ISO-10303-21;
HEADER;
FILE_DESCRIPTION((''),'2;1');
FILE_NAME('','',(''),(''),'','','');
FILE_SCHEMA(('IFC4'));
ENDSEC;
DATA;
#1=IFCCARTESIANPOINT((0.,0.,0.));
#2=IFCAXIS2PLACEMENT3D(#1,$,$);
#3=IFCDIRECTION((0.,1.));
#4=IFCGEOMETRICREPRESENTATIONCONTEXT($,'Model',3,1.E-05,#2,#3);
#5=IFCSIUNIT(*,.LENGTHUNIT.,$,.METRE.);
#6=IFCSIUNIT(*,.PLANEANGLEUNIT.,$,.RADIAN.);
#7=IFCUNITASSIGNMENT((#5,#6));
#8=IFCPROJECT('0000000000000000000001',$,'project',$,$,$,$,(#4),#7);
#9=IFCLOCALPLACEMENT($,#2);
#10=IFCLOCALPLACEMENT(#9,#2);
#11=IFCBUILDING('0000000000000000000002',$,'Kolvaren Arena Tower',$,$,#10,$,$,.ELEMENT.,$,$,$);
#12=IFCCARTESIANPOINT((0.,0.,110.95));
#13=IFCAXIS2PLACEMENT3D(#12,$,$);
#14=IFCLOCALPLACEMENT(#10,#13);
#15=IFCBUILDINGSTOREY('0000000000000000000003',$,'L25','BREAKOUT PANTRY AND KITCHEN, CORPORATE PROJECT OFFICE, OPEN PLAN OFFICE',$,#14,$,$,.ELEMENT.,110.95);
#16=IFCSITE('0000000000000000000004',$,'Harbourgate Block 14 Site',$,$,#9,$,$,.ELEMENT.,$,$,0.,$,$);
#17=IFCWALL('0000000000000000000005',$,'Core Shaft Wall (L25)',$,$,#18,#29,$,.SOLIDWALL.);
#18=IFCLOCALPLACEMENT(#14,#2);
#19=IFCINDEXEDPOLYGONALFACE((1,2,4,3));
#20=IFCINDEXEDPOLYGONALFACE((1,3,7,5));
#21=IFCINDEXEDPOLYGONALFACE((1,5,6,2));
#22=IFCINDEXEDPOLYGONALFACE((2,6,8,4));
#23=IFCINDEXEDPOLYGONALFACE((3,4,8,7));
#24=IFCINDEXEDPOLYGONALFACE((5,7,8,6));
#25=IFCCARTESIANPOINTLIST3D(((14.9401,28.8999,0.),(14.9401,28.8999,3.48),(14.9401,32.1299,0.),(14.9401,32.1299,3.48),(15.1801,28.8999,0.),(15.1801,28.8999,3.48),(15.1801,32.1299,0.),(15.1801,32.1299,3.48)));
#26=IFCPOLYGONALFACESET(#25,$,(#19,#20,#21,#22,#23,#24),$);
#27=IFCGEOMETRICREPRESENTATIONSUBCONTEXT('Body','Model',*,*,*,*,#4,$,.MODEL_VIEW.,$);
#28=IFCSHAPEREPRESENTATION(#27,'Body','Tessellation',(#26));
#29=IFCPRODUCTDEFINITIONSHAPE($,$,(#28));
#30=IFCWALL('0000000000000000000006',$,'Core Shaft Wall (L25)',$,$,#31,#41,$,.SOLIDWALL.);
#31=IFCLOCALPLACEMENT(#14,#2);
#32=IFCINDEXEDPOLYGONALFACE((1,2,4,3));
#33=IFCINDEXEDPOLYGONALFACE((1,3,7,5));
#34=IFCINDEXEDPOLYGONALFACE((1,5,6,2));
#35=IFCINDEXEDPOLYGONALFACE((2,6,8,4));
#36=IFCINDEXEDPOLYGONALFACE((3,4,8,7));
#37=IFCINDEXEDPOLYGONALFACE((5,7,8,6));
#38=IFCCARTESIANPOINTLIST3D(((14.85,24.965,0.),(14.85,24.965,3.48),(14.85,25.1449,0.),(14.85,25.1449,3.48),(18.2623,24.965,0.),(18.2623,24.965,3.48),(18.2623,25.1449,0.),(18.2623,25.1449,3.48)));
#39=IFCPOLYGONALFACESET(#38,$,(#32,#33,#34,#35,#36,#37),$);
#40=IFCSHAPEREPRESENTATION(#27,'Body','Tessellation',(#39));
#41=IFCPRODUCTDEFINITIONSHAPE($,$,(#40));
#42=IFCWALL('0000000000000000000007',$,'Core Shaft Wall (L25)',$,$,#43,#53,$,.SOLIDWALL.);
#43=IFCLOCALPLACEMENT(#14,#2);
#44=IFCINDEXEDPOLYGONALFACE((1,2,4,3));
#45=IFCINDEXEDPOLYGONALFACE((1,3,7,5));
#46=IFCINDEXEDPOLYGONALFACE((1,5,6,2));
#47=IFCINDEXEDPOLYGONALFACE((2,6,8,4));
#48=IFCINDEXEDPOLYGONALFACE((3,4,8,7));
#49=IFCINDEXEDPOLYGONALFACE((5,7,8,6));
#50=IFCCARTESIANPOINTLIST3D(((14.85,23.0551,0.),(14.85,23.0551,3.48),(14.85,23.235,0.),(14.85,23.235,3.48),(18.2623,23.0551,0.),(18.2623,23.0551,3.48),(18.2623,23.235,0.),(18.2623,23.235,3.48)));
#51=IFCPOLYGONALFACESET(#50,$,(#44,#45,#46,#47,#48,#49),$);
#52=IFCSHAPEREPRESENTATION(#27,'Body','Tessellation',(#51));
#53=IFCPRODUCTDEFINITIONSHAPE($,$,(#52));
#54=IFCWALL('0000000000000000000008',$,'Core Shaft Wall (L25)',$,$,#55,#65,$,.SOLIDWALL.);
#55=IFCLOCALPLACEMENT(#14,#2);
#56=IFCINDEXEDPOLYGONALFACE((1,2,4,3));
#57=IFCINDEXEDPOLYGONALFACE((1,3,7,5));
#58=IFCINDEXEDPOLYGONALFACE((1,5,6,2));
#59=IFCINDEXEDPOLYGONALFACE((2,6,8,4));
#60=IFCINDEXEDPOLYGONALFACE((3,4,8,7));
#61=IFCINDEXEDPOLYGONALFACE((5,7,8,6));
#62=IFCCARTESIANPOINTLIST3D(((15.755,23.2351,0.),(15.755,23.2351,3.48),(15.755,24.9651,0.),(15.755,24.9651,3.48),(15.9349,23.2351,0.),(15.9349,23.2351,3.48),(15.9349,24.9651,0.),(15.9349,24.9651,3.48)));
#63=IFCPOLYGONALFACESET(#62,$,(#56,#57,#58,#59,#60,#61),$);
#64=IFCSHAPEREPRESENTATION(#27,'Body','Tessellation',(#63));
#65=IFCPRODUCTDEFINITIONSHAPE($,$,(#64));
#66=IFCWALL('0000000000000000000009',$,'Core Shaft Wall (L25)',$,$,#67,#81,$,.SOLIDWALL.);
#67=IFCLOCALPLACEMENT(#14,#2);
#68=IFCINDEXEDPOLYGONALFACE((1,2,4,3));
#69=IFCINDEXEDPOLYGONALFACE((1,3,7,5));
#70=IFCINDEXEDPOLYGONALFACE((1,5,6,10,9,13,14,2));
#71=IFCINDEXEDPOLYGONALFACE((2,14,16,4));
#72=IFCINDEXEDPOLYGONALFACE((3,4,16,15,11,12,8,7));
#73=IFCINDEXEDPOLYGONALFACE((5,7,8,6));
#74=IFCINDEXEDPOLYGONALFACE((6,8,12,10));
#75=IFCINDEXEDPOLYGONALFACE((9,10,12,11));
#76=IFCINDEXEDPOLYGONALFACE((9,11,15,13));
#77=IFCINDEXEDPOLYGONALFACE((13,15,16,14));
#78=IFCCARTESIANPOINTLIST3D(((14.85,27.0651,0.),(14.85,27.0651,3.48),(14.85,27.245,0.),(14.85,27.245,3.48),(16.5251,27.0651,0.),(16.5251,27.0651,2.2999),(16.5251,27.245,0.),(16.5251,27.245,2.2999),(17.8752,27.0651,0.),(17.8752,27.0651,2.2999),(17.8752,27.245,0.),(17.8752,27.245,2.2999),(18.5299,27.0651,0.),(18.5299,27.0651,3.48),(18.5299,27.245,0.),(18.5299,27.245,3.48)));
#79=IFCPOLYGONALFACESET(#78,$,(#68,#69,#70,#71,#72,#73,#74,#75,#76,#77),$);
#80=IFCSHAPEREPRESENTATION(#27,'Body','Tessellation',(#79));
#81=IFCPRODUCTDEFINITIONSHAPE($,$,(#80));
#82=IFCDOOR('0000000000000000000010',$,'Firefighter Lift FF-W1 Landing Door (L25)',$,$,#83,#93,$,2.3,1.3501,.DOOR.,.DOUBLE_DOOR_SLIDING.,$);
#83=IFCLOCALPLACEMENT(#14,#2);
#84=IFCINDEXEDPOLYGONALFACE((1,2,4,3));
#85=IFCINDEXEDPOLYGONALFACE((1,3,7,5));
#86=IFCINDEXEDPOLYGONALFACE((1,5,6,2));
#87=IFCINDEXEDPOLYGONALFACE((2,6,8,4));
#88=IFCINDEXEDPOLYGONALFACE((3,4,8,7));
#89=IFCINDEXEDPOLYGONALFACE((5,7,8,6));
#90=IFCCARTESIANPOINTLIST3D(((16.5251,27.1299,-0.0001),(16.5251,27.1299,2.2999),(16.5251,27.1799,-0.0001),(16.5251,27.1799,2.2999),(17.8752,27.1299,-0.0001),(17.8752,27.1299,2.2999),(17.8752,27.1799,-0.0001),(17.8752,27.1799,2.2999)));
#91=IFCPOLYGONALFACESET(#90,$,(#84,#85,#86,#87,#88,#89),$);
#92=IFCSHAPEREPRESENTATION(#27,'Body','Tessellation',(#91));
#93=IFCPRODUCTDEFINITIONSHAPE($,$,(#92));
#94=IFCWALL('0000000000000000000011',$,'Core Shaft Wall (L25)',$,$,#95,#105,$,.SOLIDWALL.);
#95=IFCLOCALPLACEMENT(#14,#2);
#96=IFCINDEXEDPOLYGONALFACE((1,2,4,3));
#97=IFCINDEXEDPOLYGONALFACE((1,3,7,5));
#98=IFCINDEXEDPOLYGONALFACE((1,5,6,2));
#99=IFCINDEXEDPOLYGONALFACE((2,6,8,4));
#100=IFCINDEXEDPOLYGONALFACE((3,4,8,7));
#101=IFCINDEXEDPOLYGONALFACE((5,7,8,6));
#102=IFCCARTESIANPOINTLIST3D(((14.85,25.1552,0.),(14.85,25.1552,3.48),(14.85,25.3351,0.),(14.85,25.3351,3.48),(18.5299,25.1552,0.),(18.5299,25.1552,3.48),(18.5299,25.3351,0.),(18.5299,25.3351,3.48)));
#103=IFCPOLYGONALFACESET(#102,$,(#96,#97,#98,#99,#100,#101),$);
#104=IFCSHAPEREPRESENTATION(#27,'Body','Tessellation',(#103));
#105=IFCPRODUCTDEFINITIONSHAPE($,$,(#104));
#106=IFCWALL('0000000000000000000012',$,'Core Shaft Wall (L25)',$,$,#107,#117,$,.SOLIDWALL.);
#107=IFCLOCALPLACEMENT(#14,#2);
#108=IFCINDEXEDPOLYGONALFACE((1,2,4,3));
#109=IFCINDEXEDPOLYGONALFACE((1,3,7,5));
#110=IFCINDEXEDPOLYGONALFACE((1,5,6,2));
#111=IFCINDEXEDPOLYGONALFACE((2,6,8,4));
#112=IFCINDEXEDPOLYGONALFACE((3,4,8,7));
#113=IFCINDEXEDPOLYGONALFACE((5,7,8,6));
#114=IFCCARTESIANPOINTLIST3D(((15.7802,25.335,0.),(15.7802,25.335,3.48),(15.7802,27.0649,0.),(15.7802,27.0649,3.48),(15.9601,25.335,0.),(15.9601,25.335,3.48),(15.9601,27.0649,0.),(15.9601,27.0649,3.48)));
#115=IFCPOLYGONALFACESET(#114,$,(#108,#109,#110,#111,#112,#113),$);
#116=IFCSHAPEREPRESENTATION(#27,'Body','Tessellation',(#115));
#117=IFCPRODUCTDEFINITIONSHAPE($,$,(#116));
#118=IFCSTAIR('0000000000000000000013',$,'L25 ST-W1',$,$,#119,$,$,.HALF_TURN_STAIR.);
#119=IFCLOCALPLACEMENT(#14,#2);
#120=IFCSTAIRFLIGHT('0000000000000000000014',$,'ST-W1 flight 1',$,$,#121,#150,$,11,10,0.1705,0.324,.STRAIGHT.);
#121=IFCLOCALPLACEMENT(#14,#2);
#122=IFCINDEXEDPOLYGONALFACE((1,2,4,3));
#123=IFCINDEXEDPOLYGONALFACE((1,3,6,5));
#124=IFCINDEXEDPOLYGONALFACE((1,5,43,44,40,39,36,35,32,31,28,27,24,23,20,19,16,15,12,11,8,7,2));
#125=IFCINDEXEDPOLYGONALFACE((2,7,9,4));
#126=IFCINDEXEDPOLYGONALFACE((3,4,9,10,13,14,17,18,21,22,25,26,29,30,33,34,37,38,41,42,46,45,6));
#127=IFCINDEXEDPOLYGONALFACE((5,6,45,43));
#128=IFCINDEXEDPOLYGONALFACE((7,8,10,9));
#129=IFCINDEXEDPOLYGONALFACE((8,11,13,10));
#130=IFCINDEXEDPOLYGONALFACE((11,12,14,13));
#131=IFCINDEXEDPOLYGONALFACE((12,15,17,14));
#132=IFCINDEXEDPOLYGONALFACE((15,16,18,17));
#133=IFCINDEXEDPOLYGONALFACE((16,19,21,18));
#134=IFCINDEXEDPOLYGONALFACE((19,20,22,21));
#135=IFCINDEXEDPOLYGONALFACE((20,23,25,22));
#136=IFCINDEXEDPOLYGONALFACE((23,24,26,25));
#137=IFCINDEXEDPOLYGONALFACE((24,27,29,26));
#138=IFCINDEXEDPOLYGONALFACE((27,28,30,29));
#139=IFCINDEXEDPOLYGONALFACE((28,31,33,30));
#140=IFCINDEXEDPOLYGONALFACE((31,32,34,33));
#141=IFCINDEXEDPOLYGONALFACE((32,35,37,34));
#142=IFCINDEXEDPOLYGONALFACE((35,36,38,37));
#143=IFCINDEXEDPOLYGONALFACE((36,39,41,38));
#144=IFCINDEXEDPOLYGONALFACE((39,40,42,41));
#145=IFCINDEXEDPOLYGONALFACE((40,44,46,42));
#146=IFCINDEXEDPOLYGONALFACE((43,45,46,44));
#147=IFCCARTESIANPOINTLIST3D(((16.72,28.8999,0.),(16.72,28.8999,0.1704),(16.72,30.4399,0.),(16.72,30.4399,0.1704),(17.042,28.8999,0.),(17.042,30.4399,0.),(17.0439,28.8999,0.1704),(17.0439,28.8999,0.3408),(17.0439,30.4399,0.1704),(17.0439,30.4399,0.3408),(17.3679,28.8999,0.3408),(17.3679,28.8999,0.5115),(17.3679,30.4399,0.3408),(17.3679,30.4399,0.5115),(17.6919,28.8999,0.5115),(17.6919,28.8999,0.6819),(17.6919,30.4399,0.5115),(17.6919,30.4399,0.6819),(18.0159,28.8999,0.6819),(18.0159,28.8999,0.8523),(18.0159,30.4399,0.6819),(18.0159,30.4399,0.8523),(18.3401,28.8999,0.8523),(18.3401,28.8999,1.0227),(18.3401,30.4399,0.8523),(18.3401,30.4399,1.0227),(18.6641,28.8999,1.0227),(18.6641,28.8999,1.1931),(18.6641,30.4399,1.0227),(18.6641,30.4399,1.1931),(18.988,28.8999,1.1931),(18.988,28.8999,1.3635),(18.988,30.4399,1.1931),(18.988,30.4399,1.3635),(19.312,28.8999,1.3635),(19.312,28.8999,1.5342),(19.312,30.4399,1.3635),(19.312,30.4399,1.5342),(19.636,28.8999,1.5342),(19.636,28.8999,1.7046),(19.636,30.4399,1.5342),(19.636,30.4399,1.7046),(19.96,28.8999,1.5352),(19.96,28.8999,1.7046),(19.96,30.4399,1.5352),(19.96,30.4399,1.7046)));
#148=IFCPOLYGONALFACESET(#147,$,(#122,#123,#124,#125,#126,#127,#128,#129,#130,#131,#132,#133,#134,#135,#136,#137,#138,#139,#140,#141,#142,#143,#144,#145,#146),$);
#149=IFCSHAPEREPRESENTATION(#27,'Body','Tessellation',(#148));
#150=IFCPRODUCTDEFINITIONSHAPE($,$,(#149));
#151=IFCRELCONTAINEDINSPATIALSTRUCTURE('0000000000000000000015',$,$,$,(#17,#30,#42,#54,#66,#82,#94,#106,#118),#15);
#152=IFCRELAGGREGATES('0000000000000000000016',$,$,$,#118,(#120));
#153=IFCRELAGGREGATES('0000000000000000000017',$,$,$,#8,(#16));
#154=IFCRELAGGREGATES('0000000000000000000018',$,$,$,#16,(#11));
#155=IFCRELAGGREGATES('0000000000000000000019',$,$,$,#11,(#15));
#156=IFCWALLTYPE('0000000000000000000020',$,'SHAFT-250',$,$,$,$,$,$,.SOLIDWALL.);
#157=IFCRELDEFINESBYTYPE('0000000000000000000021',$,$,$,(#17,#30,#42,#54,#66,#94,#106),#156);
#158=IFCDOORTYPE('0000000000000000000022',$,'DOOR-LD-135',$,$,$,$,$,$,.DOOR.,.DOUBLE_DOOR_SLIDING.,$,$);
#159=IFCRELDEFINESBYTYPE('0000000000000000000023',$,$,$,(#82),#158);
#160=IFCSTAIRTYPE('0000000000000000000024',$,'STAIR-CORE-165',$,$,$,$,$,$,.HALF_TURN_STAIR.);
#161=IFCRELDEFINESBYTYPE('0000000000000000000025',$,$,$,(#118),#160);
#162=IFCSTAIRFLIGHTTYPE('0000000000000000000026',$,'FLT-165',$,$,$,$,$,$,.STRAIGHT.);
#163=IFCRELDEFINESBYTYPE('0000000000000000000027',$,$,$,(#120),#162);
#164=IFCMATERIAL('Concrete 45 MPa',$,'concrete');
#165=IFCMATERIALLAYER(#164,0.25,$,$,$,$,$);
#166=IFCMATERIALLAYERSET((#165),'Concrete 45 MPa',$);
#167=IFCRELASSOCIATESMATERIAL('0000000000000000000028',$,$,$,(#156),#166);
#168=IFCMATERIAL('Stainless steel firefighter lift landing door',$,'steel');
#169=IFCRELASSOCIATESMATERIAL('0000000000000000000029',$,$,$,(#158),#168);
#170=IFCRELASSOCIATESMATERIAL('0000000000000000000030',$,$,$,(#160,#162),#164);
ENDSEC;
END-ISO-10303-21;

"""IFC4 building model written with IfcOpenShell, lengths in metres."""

from ifc_helpers import new_model, si_unit, direction, frame, frame_2d, origin, place, context, subcontext, project, spatial, polyline, rectangle, outline, extrude, material, layer, layer_set, type_object, element, fill, aggregate, save


model = new_model("IFC4")

# Units and contexts
model_context = context("Model", 3, precision=1e-05, world=origin(), true_north=direction((0.0, 1.0)))
body_context = subcontext(model_context, "Body", "Model", "MODEL_VIEW")
ifc_project = project(units=[si_unit("LENGTHUNIT", "METRE"), si_unit("PLANEANGLEUNIT", "RADIAN")], contexts=[model_context])

# Site, building, storey
site_placement = place(None, origin())
site = spatial("IfcSite", under=ifc_project, at=site_placement, Name="Harbourgate Block 14 Site", CompositionType="ELEMENT", RefElevation=0.0)
building_placement = place(site_placement, origin())
building = spatial("IfcBuilding", under=site, at=building_placement, Name="Kolvaren Arena Tower", CompositionType="ELEMENT")
storey_placement = place(building_placement, frame((0.0, 0.0, 110.95)))
storey = spatial("IfcBuildingStorey", under=building, at=storey_placement, Name="L25", Description="BREAKOUT PANTRY AND KITCHEN, CORPORATE PROJECT OFFICE, OPEN PLAN OFFICE", CompositionType="ELEMENT", Elevation=110.95)

# Walls
ifc_material_1 = material(Name="Concrete 45 MPa", Category="concrete")
ifc_layer_1 = layer(ifc_material_1, 0.25)
ifc_layer_set_1 = layer_set([ifc_layer_1], Name="Concrete 45 MPa")
wall_type_1 = type_object("IfcWallType", Name="SHAFT-250", PredefinedType="SOLIDWALL", material=ifc_layer_set_1)
wall_1_placement = place(storey_placement, frame((15.0601, 28.8999, 0.0), z_axis=(0.0, 0.0, 1.0), x_axis=(0.0, 1.0, 0.0)))
element("IfcWall", 1, at=wall_1_placement, inside=storey, type_object=wall_type_1, Name="Core Shaft Wall (L25)", PredefinedType="SOLIDWALL", context=body_context, shape_type="SweptSolid", body=[
    extrude(rectangle(XDim=3.23, YDim=0.24, at=frame_2d((1.615, 0.0))), origin(), (0.0, 0.0, 1.0), 3.48),
])
for number, where, z_axis, x_axis, name in (
    (2, (14.8501, 25.0549, 0.0), (0.0, 0.0, 1.0), (1.0, 0.0, 0.0), "Core Shaft Wall (L25)"),
    (3, (14.8501, 23.145, 0.0), (0.0, 0.0, 1.0), (1.0, 0.0, 0.0), "Core Shaft Wall (L25)"),
):
    element("IfcWall", number, at=place(storey_placement, frame(where, z_axis=z_axis, x_axis=x_axis)), inside=storey, type_object=wall_type_1, Name=name, PredefinedType="SOLIDWALL", context=body_context, shape_type="SweptSolid", body=[
        extrude(rectangle(XDim=3.4124, YDim=0.1799, at=frame_2d((1.7061, 0.0))), origin(), (0.0, 0.0, 1.0), 3.48),
    ])
wall_2_placement = place(storey_placement, frame((15.845, 23.2351, 0.0), z_axis=(0.0, 0.0, 1.0), x_axis=(0.0, 1.0, 0.0)))
element("IfcWall", 4, at=wall_2_placement, inside=storey, type_object=wall_type_1, Name="Core Shaft Wall (L25)", PredefinedType="SOLIDWALL", context=body_context, shape_type="SweptSolid", body=[
    extrude(rectangle(XDim=1.73, YDim=0.1799, at=frame_2d((0.865, 0.0))), origin(), (0.0, 0.0, 1.0), 3.48),
])

# Wall, opening, door
wall_3_placement = place(storey_placement, frame((14.8501, 27.155, 0.0), z_axis=(0.0, 0.0, 1.0), x_axis=(1.0, 0.0, 0.0)))
wall_3 = element("IfcWall", 5, at=wall_3_placement, inside=storey, type_object=wall_type_1, Name="Core Shaft Wall (L25)", PredefinedType="SOLIDWALL", context=body_context, shape_type="SweptSolid", body=[
    extrude(rectangle(XDim=3.6799, YDim=0.1799, at=frame_2d((1.8398, 0.0))), origin(), (0.0, 0.0, 1.0), 3.48),
])
opening_placement = place(wall_3_placement, frame((1.675, 0.0, 0.0)))
opening = element("IfcOpeningElement", 6, at=opening_placement, cuts=wall_3, PredefinedType="OPENING", context=body_context, shape_type="SweptSolid", body=[
    extrude(rectangle(XDim=1.3501, YDim=2.3, at=frame_2d((0.675, 1.1499))), frame((0.0, 0.0999, 0.0), z_axis=(0.0, -1.0, 0.0), x_axis=(1.0, 0.0, 0.0)), (0.0, 0.0, 1.0), 0.2),
])
ifc_material_2 = material(Name="Stainless steel firefighter lift landing door", Category="steel")
door_type = type_object("IfcDoorType", Name="DOOR-LD-135", OperationType="DOUBLE_DOOR_SLIDING", PredefinedType="DOOR", material=ifc_material_2)
door_placement = place(opening_placement, origin())
door = element("IfcDoor", 7, at=door_placement, inside=storey, type_object=door_type, Name="Firefighter Lift FF-W1 Landing Door (L25)", OperationType="DOUBLE_DOOR_SLIDING", OverallHeight=2.3, OverallWidth=1.3501, PredefinedType="DOOR", context=body_context, shape_type="SweptSolid", body=[
    extrude(rectangle(XDim=1.3501, YDim=2.3, at=frame_2d((0.675, 1.1499))), frame((0.0, 0.0249, 0.0), z_axis=(0.0, -1.0, 0.0), x_axis=(1.0, 0.0, 0.0)), (0.0, 0.0, 1.0), 0.05),
])
fill(opening, door)

# Walls
wall_4_placement = place(storey_placement, frame((14.8501, 25.2451, 0.0), z_axis=(0.0, 0.0, 1.0), x_axis=(1.0, 0.0, 0.0)))
element("IfcWall", 8, at=wall_4_placement, inside=storey, type_object=wall_type_1, Name="Core Shaft Wall (L25)", PredefinedType="SOLIDWALL", context=body_context, shape_type="SweptSolid", body=[
    extrude(rectangle(XDim=3.6799, YDim=0.1799, at=frame_2d((1.8398, 0.0))), origin(), (0.0, 0.0, 1.0), 3.48),
])
wall_5_placement = place(storey_placement, frame((15.8701, 25.335, 0.0), z_axis=(0.0, 0.0, 1.0), x_axis=(0.0, 1.0, 0.0)))
element("IfcWall", 9, at=wall_5_placement, inside=storey, type_object=wall_type_1, Name="Core Shaft Wall (L25)", PredefinedType="SOLIDWALL", context=body_context, shape_type="SweptSolid", body=[
    extrude(rectangle(XDim=1.73, YDim=0.1799, at=frame_2d((0.865, 0.0))), origin(), (0.0, 0.0, 1.0), 3.48),
])

# Stair, stair flight
stair_type = type_object("IfcStairType", Name="STAIR-CORE-165", PredefinedType="HALF_TURN_STAIR", material=ifc_material_1)
stair_placement = place(storey_placement, origin())
stair = element("IfcStair", 10, at=stair_placement, inside=storey, type_object=stair_type, Name="L25 ST-W1", PredefinedType="HALF_TURN_STAIR")
stair_flight_type = type_object("IfcStairFlightType", Name="FLT-165", PredefinedType="STRAIGHT", material=ifc_material_1)
stair_flight_placement = place(storey_placement, frame((16.72, 29.6699, 0.0), z_axis=(0.0, 0.0, 1.0), x_axis=(1.0, 0.0, 0.0)))
stair_flight = element("IfcStairFlight", 11, at=stair_flight_placement, type_object=stair_flight_type, Name="ST-W1 flight 1", NumberOfRisers=11, NumberOfTreads=10, PredefinedType="STRAIGHT", RiserHeight=0.1705, TreadLength=0.324, context=body_context, shape_type="SweptSolid", body=[
    extrude(outline(polyline([(0.0, 0.0), (0.0, 0.1704), (0.324, 0.1704), (0.324, 0.3408), (0.6479, 0.3408), (0.6479, 0.5115), (0.9719, 0.5115), (0.9719, 0.6819), (1.2959, 0.6819), (1.2959, 0.8523), (1.6201, 0.8523), (1.6201, 1.0227), (1.9441, 1.0227), (1.9441, 1.1931), (2.2681, 1.1931), (2.2681, 1.3635), (2.592, 1.3635), (2.592, 1.5342), (2.916, 1.5342), (2.916, 1.7046), (3.24, 1.7046), (3.24, 1.875), (3.24, 1.5352), (0.322, 0.0), (0.0, 0.0)])), frame((0.0, 0.77, 0.0), z_axis=(0.0, -1.0, 0.0), x_axis=(1.0, 0.0, 0.0)), (0.0, 0.0, 1.0), 1.54),
])
aggregate(stair, [stair_flight])

save(model, "model.ifc")
